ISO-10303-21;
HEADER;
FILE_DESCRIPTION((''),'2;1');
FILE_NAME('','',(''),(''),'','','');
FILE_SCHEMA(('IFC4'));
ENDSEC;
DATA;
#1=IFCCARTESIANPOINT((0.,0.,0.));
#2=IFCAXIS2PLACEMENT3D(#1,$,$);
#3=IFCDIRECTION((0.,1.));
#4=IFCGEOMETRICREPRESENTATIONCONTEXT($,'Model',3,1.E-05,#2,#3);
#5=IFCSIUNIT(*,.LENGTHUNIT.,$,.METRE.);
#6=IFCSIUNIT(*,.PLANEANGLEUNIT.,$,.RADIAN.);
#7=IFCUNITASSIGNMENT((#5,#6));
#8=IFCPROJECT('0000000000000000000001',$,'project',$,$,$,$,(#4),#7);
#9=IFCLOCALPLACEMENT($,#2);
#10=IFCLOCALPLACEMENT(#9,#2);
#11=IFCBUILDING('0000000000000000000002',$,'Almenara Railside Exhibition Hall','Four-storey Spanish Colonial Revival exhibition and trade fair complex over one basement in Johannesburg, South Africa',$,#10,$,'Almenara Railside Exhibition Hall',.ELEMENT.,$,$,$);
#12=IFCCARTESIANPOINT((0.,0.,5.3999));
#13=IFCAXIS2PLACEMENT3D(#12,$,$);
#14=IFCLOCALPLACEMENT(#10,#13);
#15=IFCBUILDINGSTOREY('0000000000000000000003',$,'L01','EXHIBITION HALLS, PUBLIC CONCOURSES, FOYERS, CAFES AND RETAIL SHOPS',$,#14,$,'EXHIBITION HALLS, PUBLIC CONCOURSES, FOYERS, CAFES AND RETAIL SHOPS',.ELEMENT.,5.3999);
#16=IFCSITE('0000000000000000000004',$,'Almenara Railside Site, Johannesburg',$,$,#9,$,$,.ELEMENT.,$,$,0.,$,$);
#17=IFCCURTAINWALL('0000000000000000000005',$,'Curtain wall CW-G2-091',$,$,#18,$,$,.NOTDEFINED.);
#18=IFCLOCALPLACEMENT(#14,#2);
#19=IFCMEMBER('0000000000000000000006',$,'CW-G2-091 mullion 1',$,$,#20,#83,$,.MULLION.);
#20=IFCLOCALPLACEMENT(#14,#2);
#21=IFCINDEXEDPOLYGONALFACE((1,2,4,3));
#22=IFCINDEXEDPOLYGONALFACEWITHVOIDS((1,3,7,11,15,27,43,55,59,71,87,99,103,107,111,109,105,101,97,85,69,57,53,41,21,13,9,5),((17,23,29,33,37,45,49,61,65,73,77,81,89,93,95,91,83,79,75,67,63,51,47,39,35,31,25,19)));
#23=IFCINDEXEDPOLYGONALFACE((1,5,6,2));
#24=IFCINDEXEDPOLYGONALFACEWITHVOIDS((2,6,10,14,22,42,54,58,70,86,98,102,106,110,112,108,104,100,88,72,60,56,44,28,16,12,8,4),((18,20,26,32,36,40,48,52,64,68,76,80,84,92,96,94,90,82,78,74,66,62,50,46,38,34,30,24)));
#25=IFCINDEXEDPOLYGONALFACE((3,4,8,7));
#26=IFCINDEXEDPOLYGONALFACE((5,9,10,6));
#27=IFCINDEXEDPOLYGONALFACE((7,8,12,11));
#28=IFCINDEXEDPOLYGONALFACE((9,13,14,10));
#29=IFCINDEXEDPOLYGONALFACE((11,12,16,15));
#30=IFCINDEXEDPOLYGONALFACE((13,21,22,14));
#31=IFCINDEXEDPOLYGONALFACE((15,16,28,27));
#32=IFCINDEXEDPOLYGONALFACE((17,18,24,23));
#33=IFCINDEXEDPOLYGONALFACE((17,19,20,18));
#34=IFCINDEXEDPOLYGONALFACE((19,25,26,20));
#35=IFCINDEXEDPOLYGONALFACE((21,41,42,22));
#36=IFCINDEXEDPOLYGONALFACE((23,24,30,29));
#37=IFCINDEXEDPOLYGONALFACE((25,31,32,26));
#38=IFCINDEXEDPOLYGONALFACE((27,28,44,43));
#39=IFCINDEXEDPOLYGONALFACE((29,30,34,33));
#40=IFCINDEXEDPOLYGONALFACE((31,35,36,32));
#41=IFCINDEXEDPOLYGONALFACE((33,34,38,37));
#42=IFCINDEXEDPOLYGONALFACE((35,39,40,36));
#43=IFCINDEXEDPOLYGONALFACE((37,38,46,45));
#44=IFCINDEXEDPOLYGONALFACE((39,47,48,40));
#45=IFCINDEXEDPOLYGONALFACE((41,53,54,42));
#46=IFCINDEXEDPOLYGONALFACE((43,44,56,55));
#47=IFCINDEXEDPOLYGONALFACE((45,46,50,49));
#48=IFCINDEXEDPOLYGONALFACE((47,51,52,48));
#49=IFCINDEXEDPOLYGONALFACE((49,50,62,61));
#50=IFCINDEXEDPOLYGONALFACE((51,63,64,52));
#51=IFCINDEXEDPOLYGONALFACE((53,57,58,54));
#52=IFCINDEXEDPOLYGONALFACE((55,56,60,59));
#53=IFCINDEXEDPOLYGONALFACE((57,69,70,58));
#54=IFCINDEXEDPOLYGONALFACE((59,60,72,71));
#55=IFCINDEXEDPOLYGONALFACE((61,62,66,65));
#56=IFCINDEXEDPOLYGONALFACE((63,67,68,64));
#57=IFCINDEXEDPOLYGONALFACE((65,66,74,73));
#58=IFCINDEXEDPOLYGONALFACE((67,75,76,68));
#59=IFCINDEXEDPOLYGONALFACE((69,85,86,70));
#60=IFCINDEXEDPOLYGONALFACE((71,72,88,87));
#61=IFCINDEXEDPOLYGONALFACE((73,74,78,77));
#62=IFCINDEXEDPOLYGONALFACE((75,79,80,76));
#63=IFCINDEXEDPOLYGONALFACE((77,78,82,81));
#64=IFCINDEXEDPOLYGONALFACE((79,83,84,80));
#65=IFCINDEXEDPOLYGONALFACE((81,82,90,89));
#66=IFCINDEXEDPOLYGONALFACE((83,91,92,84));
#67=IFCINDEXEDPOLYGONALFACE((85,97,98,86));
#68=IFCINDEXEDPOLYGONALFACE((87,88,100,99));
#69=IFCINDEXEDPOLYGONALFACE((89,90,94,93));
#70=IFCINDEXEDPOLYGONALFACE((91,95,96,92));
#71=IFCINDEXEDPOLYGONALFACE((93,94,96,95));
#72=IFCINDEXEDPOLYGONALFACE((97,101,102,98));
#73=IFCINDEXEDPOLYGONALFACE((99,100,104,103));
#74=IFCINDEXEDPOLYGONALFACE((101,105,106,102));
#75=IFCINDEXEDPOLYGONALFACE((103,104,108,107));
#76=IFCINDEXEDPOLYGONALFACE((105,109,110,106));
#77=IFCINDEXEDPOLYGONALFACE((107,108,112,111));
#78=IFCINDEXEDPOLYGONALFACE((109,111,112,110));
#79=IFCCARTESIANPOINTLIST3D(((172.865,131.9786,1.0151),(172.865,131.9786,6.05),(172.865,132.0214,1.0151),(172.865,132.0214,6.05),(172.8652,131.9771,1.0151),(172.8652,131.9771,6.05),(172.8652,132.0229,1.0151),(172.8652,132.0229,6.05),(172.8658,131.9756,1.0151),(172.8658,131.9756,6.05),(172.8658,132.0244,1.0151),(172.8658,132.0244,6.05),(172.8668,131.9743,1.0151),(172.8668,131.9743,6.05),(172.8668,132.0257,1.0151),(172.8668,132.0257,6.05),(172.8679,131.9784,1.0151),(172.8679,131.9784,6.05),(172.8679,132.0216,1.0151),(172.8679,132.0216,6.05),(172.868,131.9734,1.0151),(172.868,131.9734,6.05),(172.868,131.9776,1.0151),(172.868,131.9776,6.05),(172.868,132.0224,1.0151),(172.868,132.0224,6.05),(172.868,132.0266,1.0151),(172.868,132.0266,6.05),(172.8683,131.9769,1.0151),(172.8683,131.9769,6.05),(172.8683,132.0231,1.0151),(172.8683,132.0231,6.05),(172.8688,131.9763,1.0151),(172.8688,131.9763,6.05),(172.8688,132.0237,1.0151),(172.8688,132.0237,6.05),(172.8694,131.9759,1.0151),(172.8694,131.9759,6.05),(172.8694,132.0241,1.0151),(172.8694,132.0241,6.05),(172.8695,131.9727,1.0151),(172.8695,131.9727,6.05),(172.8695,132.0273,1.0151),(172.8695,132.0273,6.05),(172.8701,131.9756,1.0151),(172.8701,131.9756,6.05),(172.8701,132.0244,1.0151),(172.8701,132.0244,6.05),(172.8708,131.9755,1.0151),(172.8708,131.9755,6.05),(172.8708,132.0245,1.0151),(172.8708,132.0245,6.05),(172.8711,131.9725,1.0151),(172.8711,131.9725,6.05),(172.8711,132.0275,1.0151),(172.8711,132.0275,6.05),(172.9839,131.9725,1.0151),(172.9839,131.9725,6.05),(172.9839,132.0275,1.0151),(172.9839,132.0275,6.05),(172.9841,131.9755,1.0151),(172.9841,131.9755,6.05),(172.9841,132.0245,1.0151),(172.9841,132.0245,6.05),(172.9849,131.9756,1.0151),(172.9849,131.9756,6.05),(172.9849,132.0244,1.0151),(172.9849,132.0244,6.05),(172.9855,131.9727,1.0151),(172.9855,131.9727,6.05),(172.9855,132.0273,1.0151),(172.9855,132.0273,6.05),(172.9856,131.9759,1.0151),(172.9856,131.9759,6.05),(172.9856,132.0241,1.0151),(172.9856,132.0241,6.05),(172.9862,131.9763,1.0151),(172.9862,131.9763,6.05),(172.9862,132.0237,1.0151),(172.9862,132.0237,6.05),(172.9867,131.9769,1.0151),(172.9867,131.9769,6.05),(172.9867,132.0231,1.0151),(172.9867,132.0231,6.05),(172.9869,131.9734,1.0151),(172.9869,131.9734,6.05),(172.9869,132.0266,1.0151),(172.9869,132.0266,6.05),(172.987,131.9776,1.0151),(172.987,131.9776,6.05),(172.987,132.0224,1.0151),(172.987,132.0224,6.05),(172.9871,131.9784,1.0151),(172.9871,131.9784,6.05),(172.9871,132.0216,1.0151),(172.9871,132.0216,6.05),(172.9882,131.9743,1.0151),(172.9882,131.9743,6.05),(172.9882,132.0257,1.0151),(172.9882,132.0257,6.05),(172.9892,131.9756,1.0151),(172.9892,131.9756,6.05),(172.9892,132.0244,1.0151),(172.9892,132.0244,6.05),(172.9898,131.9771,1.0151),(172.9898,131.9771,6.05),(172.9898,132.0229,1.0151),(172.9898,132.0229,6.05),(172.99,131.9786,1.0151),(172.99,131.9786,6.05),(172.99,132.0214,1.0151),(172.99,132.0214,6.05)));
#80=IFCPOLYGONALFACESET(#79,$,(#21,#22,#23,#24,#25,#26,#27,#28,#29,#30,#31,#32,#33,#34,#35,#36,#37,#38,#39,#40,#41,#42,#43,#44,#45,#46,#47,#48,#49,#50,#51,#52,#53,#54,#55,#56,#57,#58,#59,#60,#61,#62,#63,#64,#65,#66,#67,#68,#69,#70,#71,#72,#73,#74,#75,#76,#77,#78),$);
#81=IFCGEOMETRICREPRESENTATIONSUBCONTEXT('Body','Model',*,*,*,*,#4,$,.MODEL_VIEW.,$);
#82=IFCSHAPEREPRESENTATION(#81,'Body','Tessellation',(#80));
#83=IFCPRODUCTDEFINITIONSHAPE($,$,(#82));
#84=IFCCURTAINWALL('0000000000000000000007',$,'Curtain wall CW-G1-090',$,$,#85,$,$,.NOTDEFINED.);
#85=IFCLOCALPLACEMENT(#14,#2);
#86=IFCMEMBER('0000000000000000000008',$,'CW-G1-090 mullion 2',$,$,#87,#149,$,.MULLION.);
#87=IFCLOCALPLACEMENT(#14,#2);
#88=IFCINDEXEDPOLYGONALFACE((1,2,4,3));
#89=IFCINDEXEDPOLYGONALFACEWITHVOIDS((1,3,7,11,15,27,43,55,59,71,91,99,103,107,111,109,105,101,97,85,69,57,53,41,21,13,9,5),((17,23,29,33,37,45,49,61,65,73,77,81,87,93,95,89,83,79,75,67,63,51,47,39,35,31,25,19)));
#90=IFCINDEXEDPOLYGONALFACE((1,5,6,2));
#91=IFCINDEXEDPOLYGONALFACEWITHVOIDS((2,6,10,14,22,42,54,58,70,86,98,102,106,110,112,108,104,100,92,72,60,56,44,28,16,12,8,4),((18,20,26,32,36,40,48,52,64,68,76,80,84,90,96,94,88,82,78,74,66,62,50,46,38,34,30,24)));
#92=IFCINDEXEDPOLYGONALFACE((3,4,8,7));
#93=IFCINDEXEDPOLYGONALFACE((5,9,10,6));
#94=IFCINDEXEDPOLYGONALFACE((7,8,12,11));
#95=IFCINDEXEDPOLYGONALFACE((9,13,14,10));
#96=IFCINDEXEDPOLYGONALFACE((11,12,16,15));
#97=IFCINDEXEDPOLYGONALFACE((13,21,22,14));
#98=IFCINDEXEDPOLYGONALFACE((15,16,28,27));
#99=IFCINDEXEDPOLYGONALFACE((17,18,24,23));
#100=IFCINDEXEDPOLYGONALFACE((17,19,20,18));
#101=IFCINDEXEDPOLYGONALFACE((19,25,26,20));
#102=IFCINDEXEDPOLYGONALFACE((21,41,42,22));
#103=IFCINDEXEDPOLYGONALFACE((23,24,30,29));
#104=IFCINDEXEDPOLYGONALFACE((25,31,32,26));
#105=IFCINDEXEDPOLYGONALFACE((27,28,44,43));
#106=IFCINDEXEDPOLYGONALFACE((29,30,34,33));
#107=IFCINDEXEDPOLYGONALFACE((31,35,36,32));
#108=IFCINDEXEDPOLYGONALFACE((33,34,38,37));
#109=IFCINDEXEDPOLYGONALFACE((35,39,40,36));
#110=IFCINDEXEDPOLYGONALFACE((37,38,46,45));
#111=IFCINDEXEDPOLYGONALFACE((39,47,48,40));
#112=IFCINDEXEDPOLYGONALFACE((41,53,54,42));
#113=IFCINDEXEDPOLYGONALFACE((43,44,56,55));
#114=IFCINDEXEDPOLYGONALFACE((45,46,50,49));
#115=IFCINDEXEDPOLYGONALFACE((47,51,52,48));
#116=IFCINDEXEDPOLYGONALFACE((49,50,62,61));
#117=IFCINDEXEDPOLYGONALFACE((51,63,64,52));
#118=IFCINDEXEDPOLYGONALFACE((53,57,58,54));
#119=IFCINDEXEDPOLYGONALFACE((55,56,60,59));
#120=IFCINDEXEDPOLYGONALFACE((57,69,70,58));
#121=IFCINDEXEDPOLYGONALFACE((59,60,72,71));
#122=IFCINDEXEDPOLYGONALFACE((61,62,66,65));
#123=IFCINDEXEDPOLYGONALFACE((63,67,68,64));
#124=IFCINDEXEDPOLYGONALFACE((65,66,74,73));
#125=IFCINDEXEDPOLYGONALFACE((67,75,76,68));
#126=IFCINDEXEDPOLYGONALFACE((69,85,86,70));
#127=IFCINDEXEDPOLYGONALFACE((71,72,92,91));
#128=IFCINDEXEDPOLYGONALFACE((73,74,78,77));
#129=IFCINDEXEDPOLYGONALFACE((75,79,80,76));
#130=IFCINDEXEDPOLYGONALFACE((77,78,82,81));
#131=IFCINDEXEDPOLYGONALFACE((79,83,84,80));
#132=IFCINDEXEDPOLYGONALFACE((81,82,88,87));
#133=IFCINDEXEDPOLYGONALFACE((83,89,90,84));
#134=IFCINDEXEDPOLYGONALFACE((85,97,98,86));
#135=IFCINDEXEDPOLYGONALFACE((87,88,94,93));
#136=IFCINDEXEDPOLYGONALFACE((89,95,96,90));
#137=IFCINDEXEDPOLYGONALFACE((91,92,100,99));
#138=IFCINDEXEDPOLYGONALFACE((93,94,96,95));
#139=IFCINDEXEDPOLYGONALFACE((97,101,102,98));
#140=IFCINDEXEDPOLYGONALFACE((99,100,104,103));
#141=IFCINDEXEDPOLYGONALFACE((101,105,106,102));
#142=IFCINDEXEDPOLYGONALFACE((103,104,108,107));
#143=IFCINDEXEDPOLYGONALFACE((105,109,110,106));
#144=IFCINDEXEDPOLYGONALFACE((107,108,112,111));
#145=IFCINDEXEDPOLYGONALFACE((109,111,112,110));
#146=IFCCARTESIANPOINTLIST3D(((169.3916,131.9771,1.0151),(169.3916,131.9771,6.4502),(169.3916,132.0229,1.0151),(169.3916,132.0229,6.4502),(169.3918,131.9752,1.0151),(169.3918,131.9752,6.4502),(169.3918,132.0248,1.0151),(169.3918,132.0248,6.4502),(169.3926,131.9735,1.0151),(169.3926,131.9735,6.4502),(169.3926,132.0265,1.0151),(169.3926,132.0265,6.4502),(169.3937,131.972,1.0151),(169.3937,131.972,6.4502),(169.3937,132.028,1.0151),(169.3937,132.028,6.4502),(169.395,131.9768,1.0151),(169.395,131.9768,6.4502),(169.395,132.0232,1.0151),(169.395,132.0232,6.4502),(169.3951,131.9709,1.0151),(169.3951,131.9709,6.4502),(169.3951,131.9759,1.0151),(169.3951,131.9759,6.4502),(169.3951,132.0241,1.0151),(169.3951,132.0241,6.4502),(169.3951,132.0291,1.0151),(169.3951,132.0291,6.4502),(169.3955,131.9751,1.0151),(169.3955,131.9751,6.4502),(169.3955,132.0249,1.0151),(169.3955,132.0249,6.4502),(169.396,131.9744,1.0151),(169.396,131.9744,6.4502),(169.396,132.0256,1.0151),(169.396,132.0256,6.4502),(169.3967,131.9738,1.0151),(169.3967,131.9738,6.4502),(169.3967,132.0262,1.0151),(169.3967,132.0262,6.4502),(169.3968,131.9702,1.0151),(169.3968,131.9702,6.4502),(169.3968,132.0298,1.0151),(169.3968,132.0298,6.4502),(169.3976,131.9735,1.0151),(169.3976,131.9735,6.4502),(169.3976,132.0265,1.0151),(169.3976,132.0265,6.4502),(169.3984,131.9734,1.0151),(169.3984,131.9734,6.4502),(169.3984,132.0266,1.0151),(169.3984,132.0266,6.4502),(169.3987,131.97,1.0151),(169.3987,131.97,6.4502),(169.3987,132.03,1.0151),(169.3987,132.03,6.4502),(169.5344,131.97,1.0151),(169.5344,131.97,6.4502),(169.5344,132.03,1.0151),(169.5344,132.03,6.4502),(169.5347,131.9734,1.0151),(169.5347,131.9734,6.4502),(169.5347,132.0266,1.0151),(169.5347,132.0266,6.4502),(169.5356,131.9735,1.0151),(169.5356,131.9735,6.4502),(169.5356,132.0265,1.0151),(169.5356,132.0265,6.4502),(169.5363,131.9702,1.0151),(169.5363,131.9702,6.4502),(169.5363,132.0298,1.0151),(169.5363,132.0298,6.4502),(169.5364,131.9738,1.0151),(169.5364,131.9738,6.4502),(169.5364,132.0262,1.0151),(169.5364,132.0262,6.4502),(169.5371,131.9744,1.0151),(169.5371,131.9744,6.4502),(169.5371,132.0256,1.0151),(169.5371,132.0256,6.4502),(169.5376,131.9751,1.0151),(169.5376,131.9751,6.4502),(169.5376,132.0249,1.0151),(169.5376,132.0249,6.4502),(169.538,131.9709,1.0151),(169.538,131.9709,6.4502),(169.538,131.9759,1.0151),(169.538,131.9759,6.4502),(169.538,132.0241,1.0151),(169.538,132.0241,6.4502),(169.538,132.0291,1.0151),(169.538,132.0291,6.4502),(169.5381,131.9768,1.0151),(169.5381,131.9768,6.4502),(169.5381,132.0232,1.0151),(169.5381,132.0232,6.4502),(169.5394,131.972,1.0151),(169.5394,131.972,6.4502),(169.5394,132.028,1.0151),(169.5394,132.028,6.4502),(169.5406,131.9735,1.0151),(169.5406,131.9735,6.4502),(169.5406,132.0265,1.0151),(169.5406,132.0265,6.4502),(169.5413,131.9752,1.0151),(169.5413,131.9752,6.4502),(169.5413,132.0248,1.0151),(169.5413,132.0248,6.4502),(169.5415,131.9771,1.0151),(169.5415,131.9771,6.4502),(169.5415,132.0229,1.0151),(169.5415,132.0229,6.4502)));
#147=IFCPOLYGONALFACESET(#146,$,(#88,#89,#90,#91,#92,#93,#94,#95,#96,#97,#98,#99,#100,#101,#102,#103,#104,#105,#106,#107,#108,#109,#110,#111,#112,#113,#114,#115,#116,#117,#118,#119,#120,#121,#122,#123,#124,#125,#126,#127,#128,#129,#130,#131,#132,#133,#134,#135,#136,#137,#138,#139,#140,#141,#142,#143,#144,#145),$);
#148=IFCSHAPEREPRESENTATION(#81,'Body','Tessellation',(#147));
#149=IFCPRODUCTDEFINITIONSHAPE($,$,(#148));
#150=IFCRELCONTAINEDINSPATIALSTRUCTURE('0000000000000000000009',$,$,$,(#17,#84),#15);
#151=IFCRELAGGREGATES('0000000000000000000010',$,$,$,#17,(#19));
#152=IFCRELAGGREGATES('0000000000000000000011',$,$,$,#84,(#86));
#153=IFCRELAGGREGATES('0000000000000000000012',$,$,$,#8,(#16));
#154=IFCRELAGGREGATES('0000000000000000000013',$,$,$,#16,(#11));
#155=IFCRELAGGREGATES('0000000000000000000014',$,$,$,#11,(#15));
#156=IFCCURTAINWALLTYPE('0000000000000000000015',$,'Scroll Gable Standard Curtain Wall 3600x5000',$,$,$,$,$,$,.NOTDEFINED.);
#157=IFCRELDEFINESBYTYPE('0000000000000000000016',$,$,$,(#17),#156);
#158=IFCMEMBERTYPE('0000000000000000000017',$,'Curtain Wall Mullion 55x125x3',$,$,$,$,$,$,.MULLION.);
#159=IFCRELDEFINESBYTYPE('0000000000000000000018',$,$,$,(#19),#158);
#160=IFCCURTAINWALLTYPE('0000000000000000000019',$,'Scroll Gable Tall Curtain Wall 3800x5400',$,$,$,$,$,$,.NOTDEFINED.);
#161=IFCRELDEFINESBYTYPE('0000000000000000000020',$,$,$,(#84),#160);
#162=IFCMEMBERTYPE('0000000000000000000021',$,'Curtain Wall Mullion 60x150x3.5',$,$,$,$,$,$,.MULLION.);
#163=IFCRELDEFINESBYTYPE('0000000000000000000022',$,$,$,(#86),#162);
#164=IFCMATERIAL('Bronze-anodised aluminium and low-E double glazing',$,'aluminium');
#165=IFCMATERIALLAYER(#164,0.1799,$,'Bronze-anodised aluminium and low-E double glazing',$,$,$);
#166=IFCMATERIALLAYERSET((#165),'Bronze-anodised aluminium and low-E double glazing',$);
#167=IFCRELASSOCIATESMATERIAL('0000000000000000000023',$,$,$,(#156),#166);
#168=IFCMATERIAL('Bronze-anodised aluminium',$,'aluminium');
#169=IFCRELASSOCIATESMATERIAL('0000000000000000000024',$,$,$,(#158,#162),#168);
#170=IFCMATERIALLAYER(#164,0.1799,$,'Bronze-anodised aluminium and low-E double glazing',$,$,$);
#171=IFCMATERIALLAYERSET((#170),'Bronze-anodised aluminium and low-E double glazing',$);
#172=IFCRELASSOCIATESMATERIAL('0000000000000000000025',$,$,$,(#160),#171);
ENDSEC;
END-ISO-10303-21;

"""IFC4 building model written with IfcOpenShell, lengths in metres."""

from ifc_helpers import new_model, si_unit, direction, frame, origin, origin_2d, place, context, subcontext, project, spatial, hollow_rectangle, extrude, material, layer, layer_set, material_profile, profile_set, type_object, element, aggregate, save


model = new_model("IFC4")

# Units and contexts
model_context = context("Model", 3, precision=1e-05, world=origin(), true_north=direction((0.0, 1.0)))
body_context = subcontext(model_context, "Body", "Model", "MODEL_VIEW")
ifc_project = project(units=[si_unit("LENGTHUNIT", "METRE"), si_unit("PLANEANGLEUNIT", "RADIAN")], contexts=[model_context])

# Site, building, storey
site_placement = place(None, origin())
site = spatial("IfcSite", under=ifc_project, at=site_placement, Name="Almenara Railside Site, Johannesburg", CompositionType="ELEMENT", RefElevation=0.0)
building_placement = place(site_placement, origin())
building = spatial("IfcBuilding", under=site, at=building_placement, Name="Almenara Railside Exhibition Hall", Description="Four-storey Spanish Colonial Revival exhibition and trade fair complex over one basement in Johannesburg, South Africa", LongName="Almenara Railside Exhibition Hall", CompositionType="ELEMENT")
storey_placement = place(building_placement, frame((0.0, 0.0, 5.3999)))
storey = spatial("IfcBuildingStorey", under=building, at=storey_placement, Name="L01", Description="EXHIBITION HALLS, PUBLIC CONCOURSES, FOYERS, CAFES AND RETAIL SHOPS", LongName="EXHIBITION HALLS, PUBLIC CONCOURSES, FOYERS, CAFES AND RETAIL SHOPS", CompositionType="ELEMENT", Elevation=5.3999)

# Curtain wall, member
ifc_material_1 = material(Name="Bronze-anodised aluminium and low-E double glazing", Category="aluminium")
ifc_layer_1 = layer(ifc_material_1, 0.1799, Name="Bronze-anodised aluminium and low-E double glazing")
ifc_layer_set_1 = layer_set([ifc_layer_1], Name="Bronze-anodised aluminium and low-E double glazing")
curtain_wall_type_1 = type_object("IfcCurtainWallType", Name="Scroll Gable Standard Curtain Wall 3600x5000", PredefinedType="NOTDEFINED", material=ifc_layer_set_1)
curtain_wall_1_placement = place(storey_placement, origin())
curtain_wall_1 = element("IfcCurtainWall", 1, at=curtain_wall_1_placement, inside=storey, type_object=curtain_wall_type_1, Name="Curtain wall CW-G2-091", PredefinedType="NOTDEFINED")
ifc_material_2 = material(Name="Bronze-anodised aluminium", Category="aluminium")
ifc_material_profile_1 = material_profile(ifc_material_2, hollow_rectangle(XDim=0.0549, YDim=0.125, WallThickness=0.0029, InnerFilletRadius=0.0029, OuterFilletRadius=0.0061, at=origin_2d()), Name="ALU-MUL 55x125x3")
ifc_profile_set_1 = profile_set([ifc_material_profile_1], Name="Bronze-anodised aluminium")
member_type_1 = type_object("IfcMemberType", Name="Curtain Wall Mullion 55x125x3", PredefinedType="MULLION", material=ifc_profile_set_1)
member_1_placement = place(storey_placement, frame((172.9275, 132.0, 1.0151), z_axis=(0.0, 0.0, 1.0), x_axis=(0.0, 1.0, 0.0)))
member_1 = element("IfcMember", 2, at=member_1_placement, type_object=member_type_1, Name="CW-G2-091 mullion 1", PredefinedType="MULLION", context=body_context, shape_type="SweptSolid", body=[
    extrude(hollow_rectangle(XDim=0.0549, YDim=0.125, WallThickness=0.0029, InnerFilletRadius=0.0029, OuterFilletRadius=0.0061, at=origin_2d()), origin(), (0.0, 0.0, 1.0), 5.0349),
])

# Curtain wall, member
ifc_layer_2 = layer(ifc_material_1, 0.1799, Name="Bronze-anodised aluminium and low-E double glazing")
ifc_layer_set_2 = layer_set([ifc_layer_2], Name="Bronze-anodised aluminium and low-E double glazing")
curtain_wall_type_2 = type_object("IfcCurtainWallType", Name="Scroll Gable Tall Curtain Wall 3800x5400", PredefinedType="NOTDEFINED", material=ifc_layer_set_2)
curtain_wall_2_placement = place(storey_placement, origin())
curtain_wall_2 = element("IfcCurtainWall", 3, at=curtain_wall_2_placement, inside=storey, type_object=curtain_wall_type_2, Name="Curtain wall CW-G1-090", PredefinedType="NOTDEFINED")
ifc_material_profile_2 = material_profile(ifc_material_2, hollow_rectangle(XDim=0.0601, YDim=0.1499, WallThickness=0.0034, InnerFilletRadius=0.0034, OuterFilletRadius=0.0071, at=origin_2d()), Name="ALU-MUL 60x150x3.5")
ifc_profile_set_2 = profile_set([ifc_material_profile_2], Name="Bronze-anodised aluminium")
member_type_2 = type_object("IfcMemberType", Name="Curtain Wall Mullion 60x150x3.5", PredefinedType="MULLION", material=ifc_profile_set_2)
member_2_placement = place(storey_placement, frame((169.4666, 132.0, 1.0151), z_axis=(0.0, 0.0, 1.0), x_axis=(0.0, 1.0, 0.0)))
member_2 = element("IfcMember", 4, at=member_2_placement, type_object=member_type_2, Name="CW-G1-090 mullion 2", PredefinedType="MULLION", context=body_context, shape_type="SweptSolid", body=[
    extrude(hollow_rectangle(XDim=0.0601, YDim=0.1499, WallThickness=0.0034, InnerFilletRadius=0.0034, OuterFilletRadius=0.0071, at=origin_2d()), origin(), (0.0, 0.0, 1.0), 5.4351),
])

aggregate(curtain_wall_1, [member_1])

aggregate(curtain_wall_2, [member_2])

save(model, "model.ifc")
